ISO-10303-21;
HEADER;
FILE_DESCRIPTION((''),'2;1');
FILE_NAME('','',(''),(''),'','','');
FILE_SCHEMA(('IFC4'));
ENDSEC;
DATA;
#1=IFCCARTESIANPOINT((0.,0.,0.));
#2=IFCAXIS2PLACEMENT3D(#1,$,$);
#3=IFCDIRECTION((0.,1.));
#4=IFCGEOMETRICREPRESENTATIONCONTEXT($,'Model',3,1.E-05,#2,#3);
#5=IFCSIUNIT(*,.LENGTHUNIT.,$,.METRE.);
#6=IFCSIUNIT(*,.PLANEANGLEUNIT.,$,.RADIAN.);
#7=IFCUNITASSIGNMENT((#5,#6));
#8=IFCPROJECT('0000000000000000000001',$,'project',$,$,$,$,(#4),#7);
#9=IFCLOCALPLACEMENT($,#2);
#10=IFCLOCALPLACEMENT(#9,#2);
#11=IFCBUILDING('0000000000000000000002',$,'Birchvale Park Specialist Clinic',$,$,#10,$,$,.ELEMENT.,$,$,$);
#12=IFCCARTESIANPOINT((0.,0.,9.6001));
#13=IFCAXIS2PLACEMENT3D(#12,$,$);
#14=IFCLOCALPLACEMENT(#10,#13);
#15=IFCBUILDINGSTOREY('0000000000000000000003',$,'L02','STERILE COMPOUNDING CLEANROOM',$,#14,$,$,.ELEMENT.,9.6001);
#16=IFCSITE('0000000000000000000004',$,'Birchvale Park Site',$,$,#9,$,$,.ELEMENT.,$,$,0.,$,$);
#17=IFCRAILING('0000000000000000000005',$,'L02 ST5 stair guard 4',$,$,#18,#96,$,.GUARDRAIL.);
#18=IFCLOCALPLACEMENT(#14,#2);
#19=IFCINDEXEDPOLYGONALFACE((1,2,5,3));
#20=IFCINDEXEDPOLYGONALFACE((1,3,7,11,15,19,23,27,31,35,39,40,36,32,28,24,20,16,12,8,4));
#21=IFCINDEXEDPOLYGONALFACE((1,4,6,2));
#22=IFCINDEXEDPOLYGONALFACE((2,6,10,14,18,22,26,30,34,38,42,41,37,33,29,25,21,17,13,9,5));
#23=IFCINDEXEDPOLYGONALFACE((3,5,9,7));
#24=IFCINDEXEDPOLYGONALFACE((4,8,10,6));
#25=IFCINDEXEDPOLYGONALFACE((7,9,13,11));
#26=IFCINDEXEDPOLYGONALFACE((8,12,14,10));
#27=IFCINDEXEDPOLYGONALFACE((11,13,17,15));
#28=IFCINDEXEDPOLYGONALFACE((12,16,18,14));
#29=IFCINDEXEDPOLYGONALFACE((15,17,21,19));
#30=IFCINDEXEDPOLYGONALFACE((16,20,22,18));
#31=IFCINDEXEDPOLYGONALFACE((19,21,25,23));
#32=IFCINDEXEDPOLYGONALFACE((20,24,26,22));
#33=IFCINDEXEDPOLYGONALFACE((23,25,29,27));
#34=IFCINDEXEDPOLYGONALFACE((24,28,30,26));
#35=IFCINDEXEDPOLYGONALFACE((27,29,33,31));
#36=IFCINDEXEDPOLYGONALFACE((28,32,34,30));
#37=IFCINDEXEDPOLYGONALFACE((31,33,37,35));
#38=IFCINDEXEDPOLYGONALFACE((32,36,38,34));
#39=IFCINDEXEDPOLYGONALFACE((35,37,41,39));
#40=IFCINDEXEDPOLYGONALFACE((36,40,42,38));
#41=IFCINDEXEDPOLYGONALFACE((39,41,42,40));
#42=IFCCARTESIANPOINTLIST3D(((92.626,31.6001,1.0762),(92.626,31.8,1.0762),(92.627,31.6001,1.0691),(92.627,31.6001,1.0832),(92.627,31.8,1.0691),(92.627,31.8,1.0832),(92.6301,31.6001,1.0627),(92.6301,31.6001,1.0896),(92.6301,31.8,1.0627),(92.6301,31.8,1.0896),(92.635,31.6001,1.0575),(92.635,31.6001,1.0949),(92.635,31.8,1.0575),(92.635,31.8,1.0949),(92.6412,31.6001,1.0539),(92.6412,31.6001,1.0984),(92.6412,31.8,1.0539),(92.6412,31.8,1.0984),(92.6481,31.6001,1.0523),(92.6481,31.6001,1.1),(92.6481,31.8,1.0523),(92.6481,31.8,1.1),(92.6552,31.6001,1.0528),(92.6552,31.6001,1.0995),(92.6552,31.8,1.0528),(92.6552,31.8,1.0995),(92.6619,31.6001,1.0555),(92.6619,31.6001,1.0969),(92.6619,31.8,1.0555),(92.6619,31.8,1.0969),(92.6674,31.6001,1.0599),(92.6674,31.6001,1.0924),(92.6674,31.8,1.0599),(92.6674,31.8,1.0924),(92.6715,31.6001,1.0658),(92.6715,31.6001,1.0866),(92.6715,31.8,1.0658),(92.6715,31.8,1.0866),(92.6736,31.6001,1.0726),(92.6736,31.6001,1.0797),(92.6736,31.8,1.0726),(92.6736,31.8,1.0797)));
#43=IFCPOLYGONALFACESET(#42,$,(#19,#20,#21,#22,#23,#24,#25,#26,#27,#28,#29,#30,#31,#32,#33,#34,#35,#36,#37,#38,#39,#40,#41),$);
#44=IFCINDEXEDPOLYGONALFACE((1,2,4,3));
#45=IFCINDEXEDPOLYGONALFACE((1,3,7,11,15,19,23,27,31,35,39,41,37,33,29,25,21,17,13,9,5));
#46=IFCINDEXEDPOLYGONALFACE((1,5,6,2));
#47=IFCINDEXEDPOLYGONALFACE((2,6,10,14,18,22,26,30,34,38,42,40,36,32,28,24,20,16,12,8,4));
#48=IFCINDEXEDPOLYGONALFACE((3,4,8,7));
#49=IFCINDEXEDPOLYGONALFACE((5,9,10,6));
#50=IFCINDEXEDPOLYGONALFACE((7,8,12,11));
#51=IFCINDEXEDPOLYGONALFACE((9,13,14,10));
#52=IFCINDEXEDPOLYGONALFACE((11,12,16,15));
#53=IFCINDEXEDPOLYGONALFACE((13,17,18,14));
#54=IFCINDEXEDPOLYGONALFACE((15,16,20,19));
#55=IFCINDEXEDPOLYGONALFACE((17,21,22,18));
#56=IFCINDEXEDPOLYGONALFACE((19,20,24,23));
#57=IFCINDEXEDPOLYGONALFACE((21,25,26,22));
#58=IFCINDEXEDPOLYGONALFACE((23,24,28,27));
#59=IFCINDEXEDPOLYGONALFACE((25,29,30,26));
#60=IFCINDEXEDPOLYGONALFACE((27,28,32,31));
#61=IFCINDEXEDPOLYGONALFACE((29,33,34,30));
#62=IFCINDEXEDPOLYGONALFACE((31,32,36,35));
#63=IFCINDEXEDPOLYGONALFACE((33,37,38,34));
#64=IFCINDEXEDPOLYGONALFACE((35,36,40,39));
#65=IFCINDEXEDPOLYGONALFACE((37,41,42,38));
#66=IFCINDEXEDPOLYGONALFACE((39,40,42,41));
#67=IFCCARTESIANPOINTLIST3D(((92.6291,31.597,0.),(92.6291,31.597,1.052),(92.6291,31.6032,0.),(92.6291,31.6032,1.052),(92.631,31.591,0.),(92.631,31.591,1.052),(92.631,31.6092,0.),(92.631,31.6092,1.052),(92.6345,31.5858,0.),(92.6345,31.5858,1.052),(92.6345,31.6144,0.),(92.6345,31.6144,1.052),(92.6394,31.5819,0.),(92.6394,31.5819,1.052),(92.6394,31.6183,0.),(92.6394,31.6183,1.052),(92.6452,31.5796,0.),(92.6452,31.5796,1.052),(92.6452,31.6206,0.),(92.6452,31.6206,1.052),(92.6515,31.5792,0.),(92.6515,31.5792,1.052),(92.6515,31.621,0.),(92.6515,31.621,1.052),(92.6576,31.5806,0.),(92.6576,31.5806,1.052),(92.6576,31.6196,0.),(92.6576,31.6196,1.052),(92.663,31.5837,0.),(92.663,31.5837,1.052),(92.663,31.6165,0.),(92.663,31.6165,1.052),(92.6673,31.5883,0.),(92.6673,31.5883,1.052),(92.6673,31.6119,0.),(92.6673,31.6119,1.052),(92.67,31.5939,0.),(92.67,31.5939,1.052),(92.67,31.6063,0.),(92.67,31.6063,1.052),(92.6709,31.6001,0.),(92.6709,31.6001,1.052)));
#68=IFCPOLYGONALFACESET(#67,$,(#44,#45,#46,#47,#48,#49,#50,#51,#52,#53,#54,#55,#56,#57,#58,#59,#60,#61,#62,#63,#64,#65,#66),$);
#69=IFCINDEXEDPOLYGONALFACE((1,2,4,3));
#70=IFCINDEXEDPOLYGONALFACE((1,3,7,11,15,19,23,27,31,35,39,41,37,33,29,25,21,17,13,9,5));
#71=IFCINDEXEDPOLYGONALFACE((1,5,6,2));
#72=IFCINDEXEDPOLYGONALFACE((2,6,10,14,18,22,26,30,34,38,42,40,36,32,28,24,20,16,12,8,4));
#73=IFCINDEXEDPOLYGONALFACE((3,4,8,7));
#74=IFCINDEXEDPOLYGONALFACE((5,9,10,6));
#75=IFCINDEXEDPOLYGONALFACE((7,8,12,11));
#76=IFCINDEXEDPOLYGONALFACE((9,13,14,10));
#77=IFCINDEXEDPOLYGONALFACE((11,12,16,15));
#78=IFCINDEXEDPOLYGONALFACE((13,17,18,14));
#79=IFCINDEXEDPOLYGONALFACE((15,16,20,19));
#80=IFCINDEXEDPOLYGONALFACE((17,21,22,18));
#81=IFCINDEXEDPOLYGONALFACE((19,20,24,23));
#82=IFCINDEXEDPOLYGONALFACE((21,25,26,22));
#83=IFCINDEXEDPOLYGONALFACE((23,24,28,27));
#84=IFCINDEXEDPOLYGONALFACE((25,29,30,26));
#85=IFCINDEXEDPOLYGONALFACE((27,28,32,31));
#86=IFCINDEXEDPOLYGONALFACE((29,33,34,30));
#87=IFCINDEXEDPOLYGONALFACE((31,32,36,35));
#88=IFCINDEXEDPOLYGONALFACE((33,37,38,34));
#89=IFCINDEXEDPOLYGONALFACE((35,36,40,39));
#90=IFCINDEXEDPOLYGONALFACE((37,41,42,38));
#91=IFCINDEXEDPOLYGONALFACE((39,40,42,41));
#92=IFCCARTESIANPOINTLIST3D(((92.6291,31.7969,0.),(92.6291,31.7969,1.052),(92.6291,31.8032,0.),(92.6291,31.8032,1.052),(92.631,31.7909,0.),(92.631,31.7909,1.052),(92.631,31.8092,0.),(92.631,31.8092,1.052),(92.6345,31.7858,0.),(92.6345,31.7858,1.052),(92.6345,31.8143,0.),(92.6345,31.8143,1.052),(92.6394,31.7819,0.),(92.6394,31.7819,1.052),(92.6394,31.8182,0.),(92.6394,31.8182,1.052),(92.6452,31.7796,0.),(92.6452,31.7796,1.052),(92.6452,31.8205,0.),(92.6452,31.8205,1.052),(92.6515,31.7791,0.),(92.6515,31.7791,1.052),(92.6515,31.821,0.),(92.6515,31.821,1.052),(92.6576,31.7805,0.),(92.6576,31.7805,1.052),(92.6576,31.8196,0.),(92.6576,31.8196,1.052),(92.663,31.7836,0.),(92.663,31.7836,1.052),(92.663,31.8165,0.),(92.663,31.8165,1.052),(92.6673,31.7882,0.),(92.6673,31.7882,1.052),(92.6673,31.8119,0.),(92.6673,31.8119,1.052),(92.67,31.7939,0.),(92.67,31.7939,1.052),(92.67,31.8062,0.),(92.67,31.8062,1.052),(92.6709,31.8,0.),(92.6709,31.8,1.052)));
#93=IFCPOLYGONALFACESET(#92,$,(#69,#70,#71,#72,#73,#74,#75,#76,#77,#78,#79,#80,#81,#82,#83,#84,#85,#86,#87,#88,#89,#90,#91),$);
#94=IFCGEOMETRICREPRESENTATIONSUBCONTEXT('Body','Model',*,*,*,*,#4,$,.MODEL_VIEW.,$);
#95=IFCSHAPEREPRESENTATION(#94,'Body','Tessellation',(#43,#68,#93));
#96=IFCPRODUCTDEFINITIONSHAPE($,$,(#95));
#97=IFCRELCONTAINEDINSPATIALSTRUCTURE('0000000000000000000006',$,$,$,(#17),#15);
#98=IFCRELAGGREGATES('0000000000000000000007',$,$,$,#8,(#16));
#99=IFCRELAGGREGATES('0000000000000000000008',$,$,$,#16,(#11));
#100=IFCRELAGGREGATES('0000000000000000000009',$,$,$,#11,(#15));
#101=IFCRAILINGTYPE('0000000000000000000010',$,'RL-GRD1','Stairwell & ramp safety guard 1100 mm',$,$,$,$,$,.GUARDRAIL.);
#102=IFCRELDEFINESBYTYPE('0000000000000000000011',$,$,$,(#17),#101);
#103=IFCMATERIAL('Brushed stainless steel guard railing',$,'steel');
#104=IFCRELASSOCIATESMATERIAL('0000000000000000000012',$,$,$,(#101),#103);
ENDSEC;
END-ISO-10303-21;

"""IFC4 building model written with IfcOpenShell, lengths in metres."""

from ifc_helpers import new_model, si_unit, direction, frame, origin, origin_2d, place, context, subcontext, project, spatial, circle, extrude, material, type_object, element, save


model = new_model("IFC4")

# Units and contexts
model_context = context("Model", 3, precision=1e-05, world=origin(), true_north=direction((0.0, 1.0)))
body_context = subcontext(model_context, "Body", "Model", "MODEL_VIEW")
ifc_project = project(units=[si_unit("LENGTHUNIT", "METRE"), si_unit("PLANEANGLEUNIT", "RADIAN")], contexts=[model_context])

# Site, building, storey
site_placement = place(None, origin())
site = spatial("IfcSite", under=ifc_project, at=site_placement, Name="Birchvale Park Site", CompositionType="ELEMENT", RefElevation=0.0)
building_placement = place(site_placement, origin())
building = spatial("IfcBuilding", under=site, at=building_placement, Name="Birchvale Park Specialist Clinic", CompositionType="ELEMENT")
storey_placement = place(building_placement, frame((0.0, 0.0, 9.6001)))
storey = spatial("IfcBuildingStorey", under=building, at=storey_placement, Name="L02", Description="STERILE COMPOUNDING CLEANROOM", CompositionType="ELEMENT", Elevation=9.6001)

# Railing
ifc_material_1 = material(Name="Brushed stainless steel guard railing", Category="steel")
railing_type_1 = type_object("IfcRailingType", Name="RL-GRD1", Description="Stairwell & ramp safety guard 1100 mm", PredefinedType="GUARDRAIL", material=ifc_material_1)
railing_1_placement = place(storey_placement, frame((92.6499, 31.6001, 0.0)))
element("IfcRailing", 1, at=railing_1_placement, inside=storey, type_object=railing_type_1, Name="L02 ST5 stair guard 4", PredefinedType="GUARDRAIL", context=body_context, shape_type="SweptSolid", body=[
    extrude(circle(Radius=0.0239, at=origin_2d()), frame((0.0, 0.0, 1.0762), z_axis=(0.0, 1.0, 0.0), x_axis=(-1.0, 0.0, 0.0)), (0.0, 0.0, 1.0), 0.2),
    extrude(circle(Radius=0.021, at=origin_2d()), origin(), (0.0, 0.0, 1.0), 1.052),
    extrude(circle(Radius=0.021, at=origin_2d()), frame((0.0, 0.2, 0.0)), (0.0, 0.0, 1.0), 1.052),
])

save(model, "model.ifc")
